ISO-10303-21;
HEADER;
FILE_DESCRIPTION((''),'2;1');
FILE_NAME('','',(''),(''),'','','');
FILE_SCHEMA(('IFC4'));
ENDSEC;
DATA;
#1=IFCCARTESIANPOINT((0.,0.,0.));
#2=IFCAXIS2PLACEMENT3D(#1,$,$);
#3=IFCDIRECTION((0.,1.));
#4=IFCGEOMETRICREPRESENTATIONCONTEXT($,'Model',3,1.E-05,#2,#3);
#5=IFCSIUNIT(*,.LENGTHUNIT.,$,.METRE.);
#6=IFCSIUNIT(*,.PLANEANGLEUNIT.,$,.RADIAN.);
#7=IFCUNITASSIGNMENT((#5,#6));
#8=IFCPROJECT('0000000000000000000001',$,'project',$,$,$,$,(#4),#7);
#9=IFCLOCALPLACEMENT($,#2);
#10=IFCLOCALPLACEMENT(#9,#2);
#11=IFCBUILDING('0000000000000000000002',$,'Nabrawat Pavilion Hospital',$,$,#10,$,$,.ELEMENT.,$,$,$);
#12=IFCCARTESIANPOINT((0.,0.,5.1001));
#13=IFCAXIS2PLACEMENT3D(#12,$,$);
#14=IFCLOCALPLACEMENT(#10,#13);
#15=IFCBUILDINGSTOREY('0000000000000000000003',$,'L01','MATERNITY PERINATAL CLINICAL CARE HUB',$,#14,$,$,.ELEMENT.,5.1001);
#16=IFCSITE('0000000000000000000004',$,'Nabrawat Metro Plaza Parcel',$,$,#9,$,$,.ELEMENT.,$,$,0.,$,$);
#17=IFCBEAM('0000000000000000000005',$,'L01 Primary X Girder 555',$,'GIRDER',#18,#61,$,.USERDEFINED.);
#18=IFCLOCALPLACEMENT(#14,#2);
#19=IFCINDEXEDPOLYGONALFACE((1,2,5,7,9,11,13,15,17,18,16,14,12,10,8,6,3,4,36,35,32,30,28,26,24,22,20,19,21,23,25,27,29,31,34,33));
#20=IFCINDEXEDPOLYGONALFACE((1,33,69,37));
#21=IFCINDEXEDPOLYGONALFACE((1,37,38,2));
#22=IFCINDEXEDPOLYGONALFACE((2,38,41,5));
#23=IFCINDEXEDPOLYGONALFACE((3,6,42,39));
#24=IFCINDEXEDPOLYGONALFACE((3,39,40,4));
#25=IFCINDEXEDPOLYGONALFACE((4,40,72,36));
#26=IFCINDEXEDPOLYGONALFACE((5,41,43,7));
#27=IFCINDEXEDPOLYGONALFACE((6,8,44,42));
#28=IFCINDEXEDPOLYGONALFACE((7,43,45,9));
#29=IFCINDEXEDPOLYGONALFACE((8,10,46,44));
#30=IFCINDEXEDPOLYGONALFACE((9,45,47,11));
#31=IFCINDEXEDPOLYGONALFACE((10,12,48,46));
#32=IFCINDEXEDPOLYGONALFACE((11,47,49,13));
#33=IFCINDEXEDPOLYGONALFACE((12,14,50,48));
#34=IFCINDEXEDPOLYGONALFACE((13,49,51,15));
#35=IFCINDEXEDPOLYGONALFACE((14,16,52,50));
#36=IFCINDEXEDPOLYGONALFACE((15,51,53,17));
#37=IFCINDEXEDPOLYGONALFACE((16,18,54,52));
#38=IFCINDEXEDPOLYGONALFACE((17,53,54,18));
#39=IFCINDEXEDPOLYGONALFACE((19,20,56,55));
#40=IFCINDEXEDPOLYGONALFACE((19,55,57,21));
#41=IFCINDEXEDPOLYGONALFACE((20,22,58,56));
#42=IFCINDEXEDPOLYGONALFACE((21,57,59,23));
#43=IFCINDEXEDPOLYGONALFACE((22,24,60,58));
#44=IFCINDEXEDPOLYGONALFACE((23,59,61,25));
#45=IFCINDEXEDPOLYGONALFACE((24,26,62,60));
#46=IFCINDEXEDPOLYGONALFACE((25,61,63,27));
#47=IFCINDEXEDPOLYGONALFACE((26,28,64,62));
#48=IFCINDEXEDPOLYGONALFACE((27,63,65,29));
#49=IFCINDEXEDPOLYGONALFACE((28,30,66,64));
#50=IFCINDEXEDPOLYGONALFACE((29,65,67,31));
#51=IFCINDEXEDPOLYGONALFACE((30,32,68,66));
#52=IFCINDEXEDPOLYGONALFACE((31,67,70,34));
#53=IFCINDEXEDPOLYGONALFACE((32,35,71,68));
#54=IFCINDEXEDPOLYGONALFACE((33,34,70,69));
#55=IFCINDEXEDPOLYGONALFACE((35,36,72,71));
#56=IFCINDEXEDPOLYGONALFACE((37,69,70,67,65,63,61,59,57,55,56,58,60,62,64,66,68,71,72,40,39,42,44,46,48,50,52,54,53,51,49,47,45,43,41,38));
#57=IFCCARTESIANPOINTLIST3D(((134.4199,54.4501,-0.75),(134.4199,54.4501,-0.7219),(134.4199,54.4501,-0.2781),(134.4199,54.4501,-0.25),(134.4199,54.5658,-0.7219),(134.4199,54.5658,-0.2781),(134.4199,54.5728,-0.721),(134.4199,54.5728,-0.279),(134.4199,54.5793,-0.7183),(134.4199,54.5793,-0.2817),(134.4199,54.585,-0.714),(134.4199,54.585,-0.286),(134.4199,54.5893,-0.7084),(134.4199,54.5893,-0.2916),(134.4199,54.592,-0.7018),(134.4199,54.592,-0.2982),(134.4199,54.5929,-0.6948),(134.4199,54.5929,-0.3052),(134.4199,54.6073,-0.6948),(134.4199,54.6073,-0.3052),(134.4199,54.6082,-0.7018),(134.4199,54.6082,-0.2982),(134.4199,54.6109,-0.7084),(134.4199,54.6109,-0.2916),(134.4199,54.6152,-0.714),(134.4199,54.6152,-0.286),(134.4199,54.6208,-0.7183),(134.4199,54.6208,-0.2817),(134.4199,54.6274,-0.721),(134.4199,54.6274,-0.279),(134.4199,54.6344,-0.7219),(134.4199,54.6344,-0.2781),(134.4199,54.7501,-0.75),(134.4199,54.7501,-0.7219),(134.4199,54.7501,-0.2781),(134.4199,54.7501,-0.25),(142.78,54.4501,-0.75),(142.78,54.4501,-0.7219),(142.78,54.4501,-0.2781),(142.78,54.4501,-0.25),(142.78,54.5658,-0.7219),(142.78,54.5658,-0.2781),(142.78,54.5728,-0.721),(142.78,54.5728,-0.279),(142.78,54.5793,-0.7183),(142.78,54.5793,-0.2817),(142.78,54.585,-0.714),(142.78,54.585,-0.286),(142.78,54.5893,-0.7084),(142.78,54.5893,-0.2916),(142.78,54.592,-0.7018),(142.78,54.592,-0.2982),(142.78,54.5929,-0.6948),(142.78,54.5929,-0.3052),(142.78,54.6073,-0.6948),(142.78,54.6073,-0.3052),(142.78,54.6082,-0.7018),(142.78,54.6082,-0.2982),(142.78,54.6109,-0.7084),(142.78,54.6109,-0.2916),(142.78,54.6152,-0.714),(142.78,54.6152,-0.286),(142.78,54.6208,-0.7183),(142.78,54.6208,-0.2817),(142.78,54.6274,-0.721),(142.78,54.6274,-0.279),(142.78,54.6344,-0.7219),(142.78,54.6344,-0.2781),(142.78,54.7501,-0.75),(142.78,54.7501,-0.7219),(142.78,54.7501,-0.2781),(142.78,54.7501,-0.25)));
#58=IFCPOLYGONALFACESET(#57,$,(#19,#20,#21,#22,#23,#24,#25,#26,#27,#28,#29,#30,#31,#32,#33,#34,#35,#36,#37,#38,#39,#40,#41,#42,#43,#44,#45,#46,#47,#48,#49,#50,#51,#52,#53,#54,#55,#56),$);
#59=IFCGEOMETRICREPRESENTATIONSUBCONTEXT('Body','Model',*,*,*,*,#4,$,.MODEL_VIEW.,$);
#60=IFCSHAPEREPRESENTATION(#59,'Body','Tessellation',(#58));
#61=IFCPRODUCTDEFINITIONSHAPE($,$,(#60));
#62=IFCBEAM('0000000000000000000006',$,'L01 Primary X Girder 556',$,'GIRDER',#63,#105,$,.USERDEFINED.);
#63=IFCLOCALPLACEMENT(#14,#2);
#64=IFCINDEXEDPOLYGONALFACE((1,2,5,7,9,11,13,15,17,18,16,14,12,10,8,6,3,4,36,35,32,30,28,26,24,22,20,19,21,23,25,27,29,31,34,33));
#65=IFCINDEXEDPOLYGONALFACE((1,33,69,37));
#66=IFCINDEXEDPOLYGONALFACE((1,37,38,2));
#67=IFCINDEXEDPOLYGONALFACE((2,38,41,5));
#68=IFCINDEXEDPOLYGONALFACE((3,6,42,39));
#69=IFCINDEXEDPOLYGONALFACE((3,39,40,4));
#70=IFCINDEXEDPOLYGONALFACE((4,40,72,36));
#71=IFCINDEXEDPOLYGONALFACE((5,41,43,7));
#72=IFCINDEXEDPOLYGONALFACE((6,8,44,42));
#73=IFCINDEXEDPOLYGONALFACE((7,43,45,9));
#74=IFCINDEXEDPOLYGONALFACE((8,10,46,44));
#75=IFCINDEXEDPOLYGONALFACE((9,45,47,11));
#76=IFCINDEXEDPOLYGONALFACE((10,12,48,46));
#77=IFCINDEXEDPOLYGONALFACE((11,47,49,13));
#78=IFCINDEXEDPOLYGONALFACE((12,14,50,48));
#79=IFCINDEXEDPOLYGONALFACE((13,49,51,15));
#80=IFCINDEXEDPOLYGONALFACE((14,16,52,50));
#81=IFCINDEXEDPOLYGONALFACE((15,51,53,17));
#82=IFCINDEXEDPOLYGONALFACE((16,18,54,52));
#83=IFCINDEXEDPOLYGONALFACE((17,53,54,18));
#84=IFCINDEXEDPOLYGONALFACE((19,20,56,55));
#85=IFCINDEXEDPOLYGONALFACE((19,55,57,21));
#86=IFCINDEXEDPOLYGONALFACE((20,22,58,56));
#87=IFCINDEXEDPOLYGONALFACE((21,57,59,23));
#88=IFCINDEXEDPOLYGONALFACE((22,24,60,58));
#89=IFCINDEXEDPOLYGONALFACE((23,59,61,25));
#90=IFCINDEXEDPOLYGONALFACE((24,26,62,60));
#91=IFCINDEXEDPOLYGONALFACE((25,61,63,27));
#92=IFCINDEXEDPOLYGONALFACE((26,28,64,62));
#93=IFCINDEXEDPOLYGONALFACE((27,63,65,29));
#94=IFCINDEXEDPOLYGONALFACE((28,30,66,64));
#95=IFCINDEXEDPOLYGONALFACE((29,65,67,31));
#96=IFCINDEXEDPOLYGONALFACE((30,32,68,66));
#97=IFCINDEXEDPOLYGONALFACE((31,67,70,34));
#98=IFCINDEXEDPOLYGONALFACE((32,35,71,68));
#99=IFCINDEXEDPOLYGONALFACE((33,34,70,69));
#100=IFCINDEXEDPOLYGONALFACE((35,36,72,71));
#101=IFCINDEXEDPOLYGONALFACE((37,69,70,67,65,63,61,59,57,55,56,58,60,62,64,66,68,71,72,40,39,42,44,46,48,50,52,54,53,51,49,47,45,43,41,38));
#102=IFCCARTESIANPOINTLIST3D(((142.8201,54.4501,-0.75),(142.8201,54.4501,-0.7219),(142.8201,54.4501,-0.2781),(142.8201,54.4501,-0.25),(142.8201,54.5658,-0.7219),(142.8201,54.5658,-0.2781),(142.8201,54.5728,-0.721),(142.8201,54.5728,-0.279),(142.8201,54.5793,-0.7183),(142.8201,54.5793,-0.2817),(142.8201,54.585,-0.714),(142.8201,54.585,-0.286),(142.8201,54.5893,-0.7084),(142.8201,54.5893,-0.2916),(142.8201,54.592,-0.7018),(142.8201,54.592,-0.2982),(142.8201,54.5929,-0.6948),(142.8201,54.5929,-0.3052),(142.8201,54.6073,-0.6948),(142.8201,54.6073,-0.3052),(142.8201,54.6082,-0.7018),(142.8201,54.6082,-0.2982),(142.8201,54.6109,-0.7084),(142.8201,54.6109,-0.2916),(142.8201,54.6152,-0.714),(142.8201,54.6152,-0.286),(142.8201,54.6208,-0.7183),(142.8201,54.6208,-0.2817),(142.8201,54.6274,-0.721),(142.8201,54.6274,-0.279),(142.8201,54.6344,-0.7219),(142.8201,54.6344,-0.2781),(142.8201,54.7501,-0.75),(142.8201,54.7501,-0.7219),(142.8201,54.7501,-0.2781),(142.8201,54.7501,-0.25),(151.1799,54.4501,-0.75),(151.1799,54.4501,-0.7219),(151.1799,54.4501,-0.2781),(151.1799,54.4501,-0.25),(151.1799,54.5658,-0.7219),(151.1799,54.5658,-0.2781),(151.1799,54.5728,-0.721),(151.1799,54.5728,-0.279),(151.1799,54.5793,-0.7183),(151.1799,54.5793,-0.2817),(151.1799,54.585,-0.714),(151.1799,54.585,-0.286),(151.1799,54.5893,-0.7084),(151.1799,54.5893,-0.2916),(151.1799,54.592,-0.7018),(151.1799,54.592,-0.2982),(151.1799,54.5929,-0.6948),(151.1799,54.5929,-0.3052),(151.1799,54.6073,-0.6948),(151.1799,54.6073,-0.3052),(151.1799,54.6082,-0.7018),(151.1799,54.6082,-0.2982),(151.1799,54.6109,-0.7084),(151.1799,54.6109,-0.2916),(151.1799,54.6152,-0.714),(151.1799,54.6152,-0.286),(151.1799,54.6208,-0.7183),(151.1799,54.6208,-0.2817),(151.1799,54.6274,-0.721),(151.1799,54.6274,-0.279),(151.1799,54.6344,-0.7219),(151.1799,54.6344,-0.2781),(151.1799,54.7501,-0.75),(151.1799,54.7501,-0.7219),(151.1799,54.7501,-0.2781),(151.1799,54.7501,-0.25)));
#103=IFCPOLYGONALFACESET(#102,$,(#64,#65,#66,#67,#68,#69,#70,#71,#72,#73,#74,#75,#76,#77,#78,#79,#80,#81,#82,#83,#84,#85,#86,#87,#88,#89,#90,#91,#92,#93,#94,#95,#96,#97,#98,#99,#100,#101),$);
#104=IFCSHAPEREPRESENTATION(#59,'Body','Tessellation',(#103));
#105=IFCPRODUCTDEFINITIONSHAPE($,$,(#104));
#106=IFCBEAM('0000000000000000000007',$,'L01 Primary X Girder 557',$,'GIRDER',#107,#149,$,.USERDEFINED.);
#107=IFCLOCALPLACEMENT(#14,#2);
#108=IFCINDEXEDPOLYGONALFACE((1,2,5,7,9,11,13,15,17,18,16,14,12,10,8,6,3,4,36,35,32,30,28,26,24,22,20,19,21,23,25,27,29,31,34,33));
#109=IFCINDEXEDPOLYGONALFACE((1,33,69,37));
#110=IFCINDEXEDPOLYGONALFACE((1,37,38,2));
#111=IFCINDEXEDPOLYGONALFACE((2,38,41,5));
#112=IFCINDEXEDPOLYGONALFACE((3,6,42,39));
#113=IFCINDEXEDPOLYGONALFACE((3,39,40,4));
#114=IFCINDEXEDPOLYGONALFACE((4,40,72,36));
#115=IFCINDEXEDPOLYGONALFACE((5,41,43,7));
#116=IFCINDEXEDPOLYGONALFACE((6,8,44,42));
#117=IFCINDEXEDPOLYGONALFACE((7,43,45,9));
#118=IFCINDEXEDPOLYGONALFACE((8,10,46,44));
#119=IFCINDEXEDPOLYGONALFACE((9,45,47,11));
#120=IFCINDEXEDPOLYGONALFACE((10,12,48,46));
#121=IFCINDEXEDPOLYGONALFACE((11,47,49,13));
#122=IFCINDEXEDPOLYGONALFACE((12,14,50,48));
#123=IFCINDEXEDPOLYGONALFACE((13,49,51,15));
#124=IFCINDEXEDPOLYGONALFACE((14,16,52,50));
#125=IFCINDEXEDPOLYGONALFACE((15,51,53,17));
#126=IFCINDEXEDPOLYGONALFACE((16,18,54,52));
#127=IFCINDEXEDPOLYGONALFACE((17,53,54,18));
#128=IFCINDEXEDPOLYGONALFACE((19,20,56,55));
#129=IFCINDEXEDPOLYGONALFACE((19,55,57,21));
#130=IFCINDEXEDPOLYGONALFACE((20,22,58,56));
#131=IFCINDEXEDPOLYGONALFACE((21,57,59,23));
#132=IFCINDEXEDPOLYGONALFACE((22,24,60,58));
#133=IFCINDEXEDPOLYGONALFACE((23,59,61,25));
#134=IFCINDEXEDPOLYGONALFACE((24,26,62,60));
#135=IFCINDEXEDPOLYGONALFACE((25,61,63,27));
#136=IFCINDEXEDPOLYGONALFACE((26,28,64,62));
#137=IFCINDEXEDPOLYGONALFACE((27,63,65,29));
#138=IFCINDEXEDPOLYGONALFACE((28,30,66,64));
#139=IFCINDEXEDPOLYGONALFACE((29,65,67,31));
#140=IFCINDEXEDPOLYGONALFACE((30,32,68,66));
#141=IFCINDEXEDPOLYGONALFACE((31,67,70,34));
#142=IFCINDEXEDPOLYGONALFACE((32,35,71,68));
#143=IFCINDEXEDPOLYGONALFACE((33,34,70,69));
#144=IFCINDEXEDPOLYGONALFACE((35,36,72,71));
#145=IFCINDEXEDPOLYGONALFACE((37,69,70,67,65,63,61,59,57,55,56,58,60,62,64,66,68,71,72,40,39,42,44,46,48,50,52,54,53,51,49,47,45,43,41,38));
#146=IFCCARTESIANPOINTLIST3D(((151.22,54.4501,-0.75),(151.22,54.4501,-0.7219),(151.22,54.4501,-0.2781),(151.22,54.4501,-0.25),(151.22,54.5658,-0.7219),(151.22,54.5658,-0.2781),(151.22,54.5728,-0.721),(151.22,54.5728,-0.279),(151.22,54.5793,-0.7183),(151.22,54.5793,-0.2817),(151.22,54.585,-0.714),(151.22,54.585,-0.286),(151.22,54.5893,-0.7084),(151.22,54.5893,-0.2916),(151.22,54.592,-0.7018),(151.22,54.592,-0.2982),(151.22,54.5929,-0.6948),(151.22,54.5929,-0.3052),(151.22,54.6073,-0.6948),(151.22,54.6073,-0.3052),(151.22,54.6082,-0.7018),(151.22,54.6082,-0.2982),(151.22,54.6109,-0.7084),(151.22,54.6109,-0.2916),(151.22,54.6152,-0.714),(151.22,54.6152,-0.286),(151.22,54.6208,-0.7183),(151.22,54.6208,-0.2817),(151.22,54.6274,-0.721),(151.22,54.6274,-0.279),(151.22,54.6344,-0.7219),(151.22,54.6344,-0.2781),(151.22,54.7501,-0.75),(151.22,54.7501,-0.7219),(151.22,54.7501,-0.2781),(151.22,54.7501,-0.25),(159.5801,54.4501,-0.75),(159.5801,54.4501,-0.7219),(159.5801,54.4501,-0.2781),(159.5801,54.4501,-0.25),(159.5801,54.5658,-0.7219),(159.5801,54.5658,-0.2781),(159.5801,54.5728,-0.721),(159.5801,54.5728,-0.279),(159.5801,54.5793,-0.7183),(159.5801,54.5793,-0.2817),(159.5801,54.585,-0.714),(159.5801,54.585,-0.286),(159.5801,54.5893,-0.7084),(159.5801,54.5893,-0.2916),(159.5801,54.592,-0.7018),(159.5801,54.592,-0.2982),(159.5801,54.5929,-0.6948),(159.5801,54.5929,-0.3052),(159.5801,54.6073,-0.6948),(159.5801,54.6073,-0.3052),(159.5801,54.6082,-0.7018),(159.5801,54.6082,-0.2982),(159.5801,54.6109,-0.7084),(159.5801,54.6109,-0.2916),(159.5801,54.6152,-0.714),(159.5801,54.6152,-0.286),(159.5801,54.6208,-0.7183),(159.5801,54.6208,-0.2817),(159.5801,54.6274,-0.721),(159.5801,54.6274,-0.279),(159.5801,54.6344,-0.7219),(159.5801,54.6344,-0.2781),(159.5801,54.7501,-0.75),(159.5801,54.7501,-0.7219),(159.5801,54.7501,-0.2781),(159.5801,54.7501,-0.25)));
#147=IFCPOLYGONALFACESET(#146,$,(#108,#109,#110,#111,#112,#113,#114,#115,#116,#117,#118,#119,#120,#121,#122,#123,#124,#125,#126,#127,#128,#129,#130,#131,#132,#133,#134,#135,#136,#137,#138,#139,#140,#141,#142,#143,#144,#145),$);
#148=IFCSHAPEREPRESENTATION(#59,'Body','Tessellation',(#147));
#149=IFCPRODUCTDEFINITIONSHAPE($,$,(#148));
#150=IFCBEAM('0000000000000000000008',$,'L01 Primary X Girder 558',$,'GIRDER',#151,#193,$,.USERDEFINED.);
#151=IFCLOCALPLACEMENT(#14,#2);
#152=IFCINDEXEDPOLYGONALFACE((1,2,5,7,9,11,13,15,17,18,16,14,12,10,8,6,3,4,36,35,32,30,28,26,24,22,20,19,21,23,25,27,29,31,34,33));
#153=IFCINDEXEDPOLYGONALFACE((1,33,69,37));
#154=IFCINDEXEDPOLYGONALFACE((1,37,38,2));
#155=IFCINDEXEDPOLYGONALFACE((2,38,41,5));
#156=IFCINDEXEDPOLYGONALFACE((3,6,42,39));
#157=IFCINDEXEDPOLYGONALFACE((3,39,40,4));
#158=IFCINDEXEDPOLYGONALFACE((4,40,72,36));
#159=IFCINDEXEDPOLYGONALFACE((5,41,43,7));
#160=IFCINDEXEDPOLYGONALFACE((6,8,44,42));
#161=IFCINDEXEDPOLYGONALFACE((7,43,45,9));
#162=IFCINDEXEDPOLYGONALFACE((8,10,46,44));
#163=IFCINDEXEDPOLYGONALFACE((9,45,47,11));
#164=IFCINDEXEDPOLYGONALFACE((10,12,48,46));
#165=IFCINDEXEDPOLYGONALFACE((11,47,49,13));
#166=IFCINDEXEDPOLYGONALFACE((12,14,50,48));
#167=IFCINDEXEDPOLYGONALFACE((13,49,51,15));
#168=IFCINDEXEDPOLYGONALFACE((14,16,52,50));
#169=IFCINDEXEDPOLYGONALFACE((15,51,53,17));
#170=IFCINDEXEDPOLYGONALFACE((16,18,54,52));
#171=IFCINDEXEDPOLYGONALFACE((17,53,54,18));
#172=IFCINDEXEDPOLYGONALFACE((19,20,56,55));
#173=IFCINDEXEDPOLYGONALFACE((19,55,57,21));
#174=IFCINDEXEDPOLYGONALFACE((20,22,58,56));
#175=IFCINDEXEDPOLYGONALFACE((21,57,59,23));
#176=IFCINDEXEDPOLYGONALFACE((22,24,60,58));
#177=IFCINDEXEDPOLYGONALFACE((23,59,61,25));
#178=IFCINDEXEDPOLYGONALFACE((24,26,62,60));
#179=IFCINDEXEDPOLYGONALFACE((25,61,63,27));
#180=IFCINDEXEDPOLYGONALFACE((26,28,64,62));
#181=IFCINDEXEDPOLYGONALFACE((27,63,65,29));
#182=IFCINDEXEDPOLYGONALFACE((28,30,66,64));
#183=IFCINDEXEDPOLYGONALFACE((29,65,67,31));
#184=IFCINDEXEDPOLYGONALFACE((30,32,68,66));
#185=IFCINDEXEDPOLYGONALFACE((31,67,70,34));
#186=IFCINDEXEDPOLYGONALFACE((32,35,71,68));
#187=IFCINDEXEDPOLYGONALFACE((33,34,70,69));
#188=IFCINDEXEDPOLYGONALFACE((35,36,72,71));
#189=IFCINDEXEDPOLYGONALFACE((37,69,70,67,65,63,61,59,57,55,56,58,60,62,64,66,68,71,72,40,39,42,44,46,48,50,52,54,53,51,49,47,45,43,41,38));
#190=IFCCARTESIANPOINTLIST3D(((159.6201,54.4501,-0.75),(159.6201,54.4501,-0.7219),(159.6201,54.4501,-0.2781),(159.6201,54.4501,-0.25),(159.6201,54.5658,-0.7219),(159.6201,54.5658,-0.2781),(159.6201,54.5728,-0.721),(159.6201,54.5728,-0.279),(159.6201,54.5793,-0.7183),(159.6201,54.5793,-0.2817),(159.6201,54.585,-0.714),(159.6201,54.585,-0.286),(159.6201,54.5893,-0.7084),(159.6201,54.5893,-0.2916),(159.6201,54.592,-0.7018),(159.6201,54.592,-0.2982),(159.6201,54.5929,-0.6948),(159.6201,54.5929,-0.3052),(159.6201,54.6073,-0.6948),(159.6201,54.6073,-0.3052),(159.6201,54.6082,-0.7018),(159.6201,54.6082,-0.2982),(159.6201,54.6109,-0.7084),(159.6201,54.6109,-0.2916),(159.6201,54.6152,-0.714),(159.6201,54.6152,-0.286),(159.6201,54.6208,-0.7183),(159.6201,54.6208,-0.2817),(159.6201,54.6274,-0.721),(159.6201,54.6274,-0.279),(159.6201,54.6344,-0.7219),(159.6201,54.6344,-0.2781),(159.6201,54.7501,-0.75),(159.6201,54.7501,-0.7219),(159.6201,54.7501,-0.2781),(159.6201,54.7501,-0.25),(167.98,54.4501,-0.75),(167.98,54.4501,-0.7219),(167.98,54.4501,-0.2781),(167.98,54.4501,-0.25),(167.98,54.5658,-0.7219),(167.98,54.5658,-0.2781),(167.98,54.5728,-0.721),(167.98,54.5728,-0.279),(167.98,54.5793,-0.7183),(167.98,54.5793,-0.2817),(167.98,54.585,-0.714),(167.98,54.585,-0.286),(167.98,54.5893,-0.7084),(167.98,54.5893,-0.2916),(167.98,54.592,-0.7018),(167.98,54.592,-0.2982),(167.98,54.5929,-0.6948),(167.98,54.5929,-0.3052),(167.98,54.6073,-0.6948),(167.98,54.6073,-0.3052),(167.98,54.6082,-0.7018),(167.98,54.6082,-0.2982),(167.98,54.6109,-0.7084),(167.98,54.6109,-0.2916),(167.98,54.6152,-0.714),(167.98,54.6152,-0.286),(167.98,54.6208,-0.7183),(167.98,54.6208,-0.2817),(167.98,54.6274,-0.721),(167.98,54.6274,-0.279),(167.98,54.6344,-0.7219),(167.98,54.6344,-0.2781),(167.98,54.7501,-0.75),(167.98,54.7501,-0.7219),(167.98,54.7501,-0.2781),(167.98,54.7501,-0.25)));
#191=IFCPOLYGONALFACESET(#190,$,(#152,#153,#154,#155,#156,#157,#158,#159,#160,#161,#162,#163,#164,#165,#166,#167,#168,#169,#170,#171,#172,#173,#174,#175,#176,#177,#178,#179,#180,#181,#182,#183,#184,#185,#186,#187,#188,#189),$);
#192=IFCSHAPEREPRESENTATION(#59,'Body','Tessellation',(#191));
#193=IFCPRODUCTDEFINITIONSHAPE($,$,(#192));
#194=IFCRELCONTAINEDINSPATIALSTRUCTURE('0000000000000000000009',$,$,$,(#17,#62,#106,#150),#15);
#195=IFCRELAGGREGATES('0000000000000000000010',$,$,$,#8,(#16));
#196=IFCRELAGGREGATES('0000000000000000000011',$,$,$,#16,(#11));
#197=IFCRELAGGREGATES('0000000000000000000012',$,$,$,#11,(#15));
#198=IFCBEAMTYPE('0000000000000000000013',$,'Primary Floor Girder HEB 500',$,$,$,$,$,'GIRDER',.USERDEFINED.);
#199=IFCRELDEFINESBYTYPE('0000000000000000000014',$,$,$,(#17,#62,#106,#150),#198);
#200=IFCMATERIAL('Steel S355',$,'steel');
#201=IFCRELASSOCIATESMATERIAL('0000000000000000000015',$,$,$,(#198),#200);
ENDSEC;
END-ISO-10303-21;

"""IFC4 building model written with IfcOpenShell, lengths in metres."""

from ifc_helpers import new_model, si_unit, direction, frame, origin, origin_2d, place, context, subcontext, project, spatial, i_section, extrude, material, material_profile, profile_set, type_object, element, save


model = new_model("IFC4")

# Units and contexts
model_context = context("Model", 3, precision=1e-05, world=origin(), true_north=direction((0.0, 1.0)))
body_context = subcontext(model_context, "Body", "Model", "MODEL_VIEW")
ifc_project = project(units=[si_unit("LENGTHUNIT", "METRE"), si_unit("PLANEANGLEUNIT", "RADIAN")], contexts=[model_context])

# Site, building, storey
site_placement = place(None, origin())
site = spatial("IfcSite", under=ifc_project, at=site_placement, Name="Nabrawat Metro Plaza Parcel", CompositionType="ELEMENT", RefElevation=0.0)
building_placement = place(site_placement, origin())
building = spatial("IfcBuilding", under=site, at=building_placement, Name="Nabrawat Pavilion Hospital", CompositionType="ELEMENT")
storey_placement = place(building_placement, frame((0.0, 0.0, 5.1001)))
storey = spatial("IfcBuildingStorey", under=building, at=storey_placement, Name="L01", Description="MATERNITY PERINATAL CLINICAL CARE HUB", CompositionType="ELEMENT", Elevation=5.1001)

# Shared definitions
ifc_material_1 = material(Name="Steel S355", Category="steel")

# Beams
ifc_material_profile_1 = material_profile(ifc_material_1, i_section(OverallWidth=0.3, OverallDepth=0.5, WebThickness=0.0144, FlangeThickness=0.0281, FilletRadius=0.0271, at=origin_2d()), Name="HEB 500")
ifc_profile_set_1 = profile_set([ifc_material_profile_1], Name="Steel S355")
beam_type_1 = type_object("IfcBeamType", Name="Primary Floor Girder HEB 500", ElementType="GIRDER", PredefinedType="USERDEFINED", material=ifc_profile_set_1)
beam_1_placement = place(storey_placement, frame((134.4199, 54.6001, -0.5), z_axis=(1.0, 0.0, 0.0), x_axis=(0.0, 1.0, 0.0)))
element("IfcBeam", 1, at=beam_1_placement, inside=storey, type_object=beam_type_1, Name="L01 Primary X Girder 555", ObjectType="GIRDER", PredefinedType="USERDEFINED", context=body_context, shape_type="SweptSolid", body=[
    extrude(i_section(OverallWidth=0.3, OverallDepth=0.5, WebThickness=0.0144, FlangeThickness=0.0281, FilletRadius=0.0271, at=origin_2d()), origin(), (0.0, 0.0, 1.0), 8.3601),
])
beam_2_placement = place(storey_placement, frame((142.8201, 54.6001, -0.5), z_axis=(1.0, 0.0, 0.0), x_axis=(0.0, 1.0, 0.0)))
element("IfcBeam", 2, at=beam_2_placement, inside=storey, type_object=beam_type_1, Name="L01 Primary X Girder 556", ObjectType="GIRDER", PredefinedType="USERDEFINED", context=body_context, shape_type="SweptSolid", body=[
    extrude(i_section(OverallWidth=0.3, OverallDepth=0.5, WebThickness=0.0144, FlangeThickness=0.0281, FilletRadius=0.0271, at=origin_2d()), origin(), (0.0, 0.0, 1.0), 8.3599),
])
beam_3_placement = place(storey_placement, frame((151.22, 54.6001, -0.5), z_axis=(1.0, 0.0, 0.0), x_axis=(0.0, 1.0, 0.0)))
element("IfcBeam", 3, at=beam_3_placement, inside=storey, type_object=beam_type_1, Name="L01 Primary X Girder 557", ObjectType="GIRDER", PredefinedType="USERDEFINED", context=body_context, shape_type="SweptSolid", body=[
    extrude(i_section(OverallWidth=0.3, OverallDepth=0.5, WebThickness=0.0144, FlangeThickness=0.0281, FilletRadius=0.0271, at=origin_2d()), origin(), (0.0, 0.0, 1.0), 8.3601),
])
beam_4_placement = place(storey_placement, frame((159.6201, 54.6001, -0.5), z_axis=(1.0, 0.0, 0.0), x_axis=(0.0, 1.0, 0.0)))
element("IfcBeam", 4, at=beam_4_placement, inside=storey, type_object=beam_type_1, Name="L01 Primary X Girder 558", ObjectType="GIRDER", PredefinedType="USERDEFINED", context=body_context, shape_type="SweptSolid", body=[
    extrude(i_section(OverallWidth=0.3, OverallDepth=0.5, WebThickness=0.0144, FlangeThickness=0.0281, FilletRadius=0.0271, at=origin_2d()), origin(), (0.0, 0.0, 1.0), 8.3599),
])

save(model, "model.ifc")
